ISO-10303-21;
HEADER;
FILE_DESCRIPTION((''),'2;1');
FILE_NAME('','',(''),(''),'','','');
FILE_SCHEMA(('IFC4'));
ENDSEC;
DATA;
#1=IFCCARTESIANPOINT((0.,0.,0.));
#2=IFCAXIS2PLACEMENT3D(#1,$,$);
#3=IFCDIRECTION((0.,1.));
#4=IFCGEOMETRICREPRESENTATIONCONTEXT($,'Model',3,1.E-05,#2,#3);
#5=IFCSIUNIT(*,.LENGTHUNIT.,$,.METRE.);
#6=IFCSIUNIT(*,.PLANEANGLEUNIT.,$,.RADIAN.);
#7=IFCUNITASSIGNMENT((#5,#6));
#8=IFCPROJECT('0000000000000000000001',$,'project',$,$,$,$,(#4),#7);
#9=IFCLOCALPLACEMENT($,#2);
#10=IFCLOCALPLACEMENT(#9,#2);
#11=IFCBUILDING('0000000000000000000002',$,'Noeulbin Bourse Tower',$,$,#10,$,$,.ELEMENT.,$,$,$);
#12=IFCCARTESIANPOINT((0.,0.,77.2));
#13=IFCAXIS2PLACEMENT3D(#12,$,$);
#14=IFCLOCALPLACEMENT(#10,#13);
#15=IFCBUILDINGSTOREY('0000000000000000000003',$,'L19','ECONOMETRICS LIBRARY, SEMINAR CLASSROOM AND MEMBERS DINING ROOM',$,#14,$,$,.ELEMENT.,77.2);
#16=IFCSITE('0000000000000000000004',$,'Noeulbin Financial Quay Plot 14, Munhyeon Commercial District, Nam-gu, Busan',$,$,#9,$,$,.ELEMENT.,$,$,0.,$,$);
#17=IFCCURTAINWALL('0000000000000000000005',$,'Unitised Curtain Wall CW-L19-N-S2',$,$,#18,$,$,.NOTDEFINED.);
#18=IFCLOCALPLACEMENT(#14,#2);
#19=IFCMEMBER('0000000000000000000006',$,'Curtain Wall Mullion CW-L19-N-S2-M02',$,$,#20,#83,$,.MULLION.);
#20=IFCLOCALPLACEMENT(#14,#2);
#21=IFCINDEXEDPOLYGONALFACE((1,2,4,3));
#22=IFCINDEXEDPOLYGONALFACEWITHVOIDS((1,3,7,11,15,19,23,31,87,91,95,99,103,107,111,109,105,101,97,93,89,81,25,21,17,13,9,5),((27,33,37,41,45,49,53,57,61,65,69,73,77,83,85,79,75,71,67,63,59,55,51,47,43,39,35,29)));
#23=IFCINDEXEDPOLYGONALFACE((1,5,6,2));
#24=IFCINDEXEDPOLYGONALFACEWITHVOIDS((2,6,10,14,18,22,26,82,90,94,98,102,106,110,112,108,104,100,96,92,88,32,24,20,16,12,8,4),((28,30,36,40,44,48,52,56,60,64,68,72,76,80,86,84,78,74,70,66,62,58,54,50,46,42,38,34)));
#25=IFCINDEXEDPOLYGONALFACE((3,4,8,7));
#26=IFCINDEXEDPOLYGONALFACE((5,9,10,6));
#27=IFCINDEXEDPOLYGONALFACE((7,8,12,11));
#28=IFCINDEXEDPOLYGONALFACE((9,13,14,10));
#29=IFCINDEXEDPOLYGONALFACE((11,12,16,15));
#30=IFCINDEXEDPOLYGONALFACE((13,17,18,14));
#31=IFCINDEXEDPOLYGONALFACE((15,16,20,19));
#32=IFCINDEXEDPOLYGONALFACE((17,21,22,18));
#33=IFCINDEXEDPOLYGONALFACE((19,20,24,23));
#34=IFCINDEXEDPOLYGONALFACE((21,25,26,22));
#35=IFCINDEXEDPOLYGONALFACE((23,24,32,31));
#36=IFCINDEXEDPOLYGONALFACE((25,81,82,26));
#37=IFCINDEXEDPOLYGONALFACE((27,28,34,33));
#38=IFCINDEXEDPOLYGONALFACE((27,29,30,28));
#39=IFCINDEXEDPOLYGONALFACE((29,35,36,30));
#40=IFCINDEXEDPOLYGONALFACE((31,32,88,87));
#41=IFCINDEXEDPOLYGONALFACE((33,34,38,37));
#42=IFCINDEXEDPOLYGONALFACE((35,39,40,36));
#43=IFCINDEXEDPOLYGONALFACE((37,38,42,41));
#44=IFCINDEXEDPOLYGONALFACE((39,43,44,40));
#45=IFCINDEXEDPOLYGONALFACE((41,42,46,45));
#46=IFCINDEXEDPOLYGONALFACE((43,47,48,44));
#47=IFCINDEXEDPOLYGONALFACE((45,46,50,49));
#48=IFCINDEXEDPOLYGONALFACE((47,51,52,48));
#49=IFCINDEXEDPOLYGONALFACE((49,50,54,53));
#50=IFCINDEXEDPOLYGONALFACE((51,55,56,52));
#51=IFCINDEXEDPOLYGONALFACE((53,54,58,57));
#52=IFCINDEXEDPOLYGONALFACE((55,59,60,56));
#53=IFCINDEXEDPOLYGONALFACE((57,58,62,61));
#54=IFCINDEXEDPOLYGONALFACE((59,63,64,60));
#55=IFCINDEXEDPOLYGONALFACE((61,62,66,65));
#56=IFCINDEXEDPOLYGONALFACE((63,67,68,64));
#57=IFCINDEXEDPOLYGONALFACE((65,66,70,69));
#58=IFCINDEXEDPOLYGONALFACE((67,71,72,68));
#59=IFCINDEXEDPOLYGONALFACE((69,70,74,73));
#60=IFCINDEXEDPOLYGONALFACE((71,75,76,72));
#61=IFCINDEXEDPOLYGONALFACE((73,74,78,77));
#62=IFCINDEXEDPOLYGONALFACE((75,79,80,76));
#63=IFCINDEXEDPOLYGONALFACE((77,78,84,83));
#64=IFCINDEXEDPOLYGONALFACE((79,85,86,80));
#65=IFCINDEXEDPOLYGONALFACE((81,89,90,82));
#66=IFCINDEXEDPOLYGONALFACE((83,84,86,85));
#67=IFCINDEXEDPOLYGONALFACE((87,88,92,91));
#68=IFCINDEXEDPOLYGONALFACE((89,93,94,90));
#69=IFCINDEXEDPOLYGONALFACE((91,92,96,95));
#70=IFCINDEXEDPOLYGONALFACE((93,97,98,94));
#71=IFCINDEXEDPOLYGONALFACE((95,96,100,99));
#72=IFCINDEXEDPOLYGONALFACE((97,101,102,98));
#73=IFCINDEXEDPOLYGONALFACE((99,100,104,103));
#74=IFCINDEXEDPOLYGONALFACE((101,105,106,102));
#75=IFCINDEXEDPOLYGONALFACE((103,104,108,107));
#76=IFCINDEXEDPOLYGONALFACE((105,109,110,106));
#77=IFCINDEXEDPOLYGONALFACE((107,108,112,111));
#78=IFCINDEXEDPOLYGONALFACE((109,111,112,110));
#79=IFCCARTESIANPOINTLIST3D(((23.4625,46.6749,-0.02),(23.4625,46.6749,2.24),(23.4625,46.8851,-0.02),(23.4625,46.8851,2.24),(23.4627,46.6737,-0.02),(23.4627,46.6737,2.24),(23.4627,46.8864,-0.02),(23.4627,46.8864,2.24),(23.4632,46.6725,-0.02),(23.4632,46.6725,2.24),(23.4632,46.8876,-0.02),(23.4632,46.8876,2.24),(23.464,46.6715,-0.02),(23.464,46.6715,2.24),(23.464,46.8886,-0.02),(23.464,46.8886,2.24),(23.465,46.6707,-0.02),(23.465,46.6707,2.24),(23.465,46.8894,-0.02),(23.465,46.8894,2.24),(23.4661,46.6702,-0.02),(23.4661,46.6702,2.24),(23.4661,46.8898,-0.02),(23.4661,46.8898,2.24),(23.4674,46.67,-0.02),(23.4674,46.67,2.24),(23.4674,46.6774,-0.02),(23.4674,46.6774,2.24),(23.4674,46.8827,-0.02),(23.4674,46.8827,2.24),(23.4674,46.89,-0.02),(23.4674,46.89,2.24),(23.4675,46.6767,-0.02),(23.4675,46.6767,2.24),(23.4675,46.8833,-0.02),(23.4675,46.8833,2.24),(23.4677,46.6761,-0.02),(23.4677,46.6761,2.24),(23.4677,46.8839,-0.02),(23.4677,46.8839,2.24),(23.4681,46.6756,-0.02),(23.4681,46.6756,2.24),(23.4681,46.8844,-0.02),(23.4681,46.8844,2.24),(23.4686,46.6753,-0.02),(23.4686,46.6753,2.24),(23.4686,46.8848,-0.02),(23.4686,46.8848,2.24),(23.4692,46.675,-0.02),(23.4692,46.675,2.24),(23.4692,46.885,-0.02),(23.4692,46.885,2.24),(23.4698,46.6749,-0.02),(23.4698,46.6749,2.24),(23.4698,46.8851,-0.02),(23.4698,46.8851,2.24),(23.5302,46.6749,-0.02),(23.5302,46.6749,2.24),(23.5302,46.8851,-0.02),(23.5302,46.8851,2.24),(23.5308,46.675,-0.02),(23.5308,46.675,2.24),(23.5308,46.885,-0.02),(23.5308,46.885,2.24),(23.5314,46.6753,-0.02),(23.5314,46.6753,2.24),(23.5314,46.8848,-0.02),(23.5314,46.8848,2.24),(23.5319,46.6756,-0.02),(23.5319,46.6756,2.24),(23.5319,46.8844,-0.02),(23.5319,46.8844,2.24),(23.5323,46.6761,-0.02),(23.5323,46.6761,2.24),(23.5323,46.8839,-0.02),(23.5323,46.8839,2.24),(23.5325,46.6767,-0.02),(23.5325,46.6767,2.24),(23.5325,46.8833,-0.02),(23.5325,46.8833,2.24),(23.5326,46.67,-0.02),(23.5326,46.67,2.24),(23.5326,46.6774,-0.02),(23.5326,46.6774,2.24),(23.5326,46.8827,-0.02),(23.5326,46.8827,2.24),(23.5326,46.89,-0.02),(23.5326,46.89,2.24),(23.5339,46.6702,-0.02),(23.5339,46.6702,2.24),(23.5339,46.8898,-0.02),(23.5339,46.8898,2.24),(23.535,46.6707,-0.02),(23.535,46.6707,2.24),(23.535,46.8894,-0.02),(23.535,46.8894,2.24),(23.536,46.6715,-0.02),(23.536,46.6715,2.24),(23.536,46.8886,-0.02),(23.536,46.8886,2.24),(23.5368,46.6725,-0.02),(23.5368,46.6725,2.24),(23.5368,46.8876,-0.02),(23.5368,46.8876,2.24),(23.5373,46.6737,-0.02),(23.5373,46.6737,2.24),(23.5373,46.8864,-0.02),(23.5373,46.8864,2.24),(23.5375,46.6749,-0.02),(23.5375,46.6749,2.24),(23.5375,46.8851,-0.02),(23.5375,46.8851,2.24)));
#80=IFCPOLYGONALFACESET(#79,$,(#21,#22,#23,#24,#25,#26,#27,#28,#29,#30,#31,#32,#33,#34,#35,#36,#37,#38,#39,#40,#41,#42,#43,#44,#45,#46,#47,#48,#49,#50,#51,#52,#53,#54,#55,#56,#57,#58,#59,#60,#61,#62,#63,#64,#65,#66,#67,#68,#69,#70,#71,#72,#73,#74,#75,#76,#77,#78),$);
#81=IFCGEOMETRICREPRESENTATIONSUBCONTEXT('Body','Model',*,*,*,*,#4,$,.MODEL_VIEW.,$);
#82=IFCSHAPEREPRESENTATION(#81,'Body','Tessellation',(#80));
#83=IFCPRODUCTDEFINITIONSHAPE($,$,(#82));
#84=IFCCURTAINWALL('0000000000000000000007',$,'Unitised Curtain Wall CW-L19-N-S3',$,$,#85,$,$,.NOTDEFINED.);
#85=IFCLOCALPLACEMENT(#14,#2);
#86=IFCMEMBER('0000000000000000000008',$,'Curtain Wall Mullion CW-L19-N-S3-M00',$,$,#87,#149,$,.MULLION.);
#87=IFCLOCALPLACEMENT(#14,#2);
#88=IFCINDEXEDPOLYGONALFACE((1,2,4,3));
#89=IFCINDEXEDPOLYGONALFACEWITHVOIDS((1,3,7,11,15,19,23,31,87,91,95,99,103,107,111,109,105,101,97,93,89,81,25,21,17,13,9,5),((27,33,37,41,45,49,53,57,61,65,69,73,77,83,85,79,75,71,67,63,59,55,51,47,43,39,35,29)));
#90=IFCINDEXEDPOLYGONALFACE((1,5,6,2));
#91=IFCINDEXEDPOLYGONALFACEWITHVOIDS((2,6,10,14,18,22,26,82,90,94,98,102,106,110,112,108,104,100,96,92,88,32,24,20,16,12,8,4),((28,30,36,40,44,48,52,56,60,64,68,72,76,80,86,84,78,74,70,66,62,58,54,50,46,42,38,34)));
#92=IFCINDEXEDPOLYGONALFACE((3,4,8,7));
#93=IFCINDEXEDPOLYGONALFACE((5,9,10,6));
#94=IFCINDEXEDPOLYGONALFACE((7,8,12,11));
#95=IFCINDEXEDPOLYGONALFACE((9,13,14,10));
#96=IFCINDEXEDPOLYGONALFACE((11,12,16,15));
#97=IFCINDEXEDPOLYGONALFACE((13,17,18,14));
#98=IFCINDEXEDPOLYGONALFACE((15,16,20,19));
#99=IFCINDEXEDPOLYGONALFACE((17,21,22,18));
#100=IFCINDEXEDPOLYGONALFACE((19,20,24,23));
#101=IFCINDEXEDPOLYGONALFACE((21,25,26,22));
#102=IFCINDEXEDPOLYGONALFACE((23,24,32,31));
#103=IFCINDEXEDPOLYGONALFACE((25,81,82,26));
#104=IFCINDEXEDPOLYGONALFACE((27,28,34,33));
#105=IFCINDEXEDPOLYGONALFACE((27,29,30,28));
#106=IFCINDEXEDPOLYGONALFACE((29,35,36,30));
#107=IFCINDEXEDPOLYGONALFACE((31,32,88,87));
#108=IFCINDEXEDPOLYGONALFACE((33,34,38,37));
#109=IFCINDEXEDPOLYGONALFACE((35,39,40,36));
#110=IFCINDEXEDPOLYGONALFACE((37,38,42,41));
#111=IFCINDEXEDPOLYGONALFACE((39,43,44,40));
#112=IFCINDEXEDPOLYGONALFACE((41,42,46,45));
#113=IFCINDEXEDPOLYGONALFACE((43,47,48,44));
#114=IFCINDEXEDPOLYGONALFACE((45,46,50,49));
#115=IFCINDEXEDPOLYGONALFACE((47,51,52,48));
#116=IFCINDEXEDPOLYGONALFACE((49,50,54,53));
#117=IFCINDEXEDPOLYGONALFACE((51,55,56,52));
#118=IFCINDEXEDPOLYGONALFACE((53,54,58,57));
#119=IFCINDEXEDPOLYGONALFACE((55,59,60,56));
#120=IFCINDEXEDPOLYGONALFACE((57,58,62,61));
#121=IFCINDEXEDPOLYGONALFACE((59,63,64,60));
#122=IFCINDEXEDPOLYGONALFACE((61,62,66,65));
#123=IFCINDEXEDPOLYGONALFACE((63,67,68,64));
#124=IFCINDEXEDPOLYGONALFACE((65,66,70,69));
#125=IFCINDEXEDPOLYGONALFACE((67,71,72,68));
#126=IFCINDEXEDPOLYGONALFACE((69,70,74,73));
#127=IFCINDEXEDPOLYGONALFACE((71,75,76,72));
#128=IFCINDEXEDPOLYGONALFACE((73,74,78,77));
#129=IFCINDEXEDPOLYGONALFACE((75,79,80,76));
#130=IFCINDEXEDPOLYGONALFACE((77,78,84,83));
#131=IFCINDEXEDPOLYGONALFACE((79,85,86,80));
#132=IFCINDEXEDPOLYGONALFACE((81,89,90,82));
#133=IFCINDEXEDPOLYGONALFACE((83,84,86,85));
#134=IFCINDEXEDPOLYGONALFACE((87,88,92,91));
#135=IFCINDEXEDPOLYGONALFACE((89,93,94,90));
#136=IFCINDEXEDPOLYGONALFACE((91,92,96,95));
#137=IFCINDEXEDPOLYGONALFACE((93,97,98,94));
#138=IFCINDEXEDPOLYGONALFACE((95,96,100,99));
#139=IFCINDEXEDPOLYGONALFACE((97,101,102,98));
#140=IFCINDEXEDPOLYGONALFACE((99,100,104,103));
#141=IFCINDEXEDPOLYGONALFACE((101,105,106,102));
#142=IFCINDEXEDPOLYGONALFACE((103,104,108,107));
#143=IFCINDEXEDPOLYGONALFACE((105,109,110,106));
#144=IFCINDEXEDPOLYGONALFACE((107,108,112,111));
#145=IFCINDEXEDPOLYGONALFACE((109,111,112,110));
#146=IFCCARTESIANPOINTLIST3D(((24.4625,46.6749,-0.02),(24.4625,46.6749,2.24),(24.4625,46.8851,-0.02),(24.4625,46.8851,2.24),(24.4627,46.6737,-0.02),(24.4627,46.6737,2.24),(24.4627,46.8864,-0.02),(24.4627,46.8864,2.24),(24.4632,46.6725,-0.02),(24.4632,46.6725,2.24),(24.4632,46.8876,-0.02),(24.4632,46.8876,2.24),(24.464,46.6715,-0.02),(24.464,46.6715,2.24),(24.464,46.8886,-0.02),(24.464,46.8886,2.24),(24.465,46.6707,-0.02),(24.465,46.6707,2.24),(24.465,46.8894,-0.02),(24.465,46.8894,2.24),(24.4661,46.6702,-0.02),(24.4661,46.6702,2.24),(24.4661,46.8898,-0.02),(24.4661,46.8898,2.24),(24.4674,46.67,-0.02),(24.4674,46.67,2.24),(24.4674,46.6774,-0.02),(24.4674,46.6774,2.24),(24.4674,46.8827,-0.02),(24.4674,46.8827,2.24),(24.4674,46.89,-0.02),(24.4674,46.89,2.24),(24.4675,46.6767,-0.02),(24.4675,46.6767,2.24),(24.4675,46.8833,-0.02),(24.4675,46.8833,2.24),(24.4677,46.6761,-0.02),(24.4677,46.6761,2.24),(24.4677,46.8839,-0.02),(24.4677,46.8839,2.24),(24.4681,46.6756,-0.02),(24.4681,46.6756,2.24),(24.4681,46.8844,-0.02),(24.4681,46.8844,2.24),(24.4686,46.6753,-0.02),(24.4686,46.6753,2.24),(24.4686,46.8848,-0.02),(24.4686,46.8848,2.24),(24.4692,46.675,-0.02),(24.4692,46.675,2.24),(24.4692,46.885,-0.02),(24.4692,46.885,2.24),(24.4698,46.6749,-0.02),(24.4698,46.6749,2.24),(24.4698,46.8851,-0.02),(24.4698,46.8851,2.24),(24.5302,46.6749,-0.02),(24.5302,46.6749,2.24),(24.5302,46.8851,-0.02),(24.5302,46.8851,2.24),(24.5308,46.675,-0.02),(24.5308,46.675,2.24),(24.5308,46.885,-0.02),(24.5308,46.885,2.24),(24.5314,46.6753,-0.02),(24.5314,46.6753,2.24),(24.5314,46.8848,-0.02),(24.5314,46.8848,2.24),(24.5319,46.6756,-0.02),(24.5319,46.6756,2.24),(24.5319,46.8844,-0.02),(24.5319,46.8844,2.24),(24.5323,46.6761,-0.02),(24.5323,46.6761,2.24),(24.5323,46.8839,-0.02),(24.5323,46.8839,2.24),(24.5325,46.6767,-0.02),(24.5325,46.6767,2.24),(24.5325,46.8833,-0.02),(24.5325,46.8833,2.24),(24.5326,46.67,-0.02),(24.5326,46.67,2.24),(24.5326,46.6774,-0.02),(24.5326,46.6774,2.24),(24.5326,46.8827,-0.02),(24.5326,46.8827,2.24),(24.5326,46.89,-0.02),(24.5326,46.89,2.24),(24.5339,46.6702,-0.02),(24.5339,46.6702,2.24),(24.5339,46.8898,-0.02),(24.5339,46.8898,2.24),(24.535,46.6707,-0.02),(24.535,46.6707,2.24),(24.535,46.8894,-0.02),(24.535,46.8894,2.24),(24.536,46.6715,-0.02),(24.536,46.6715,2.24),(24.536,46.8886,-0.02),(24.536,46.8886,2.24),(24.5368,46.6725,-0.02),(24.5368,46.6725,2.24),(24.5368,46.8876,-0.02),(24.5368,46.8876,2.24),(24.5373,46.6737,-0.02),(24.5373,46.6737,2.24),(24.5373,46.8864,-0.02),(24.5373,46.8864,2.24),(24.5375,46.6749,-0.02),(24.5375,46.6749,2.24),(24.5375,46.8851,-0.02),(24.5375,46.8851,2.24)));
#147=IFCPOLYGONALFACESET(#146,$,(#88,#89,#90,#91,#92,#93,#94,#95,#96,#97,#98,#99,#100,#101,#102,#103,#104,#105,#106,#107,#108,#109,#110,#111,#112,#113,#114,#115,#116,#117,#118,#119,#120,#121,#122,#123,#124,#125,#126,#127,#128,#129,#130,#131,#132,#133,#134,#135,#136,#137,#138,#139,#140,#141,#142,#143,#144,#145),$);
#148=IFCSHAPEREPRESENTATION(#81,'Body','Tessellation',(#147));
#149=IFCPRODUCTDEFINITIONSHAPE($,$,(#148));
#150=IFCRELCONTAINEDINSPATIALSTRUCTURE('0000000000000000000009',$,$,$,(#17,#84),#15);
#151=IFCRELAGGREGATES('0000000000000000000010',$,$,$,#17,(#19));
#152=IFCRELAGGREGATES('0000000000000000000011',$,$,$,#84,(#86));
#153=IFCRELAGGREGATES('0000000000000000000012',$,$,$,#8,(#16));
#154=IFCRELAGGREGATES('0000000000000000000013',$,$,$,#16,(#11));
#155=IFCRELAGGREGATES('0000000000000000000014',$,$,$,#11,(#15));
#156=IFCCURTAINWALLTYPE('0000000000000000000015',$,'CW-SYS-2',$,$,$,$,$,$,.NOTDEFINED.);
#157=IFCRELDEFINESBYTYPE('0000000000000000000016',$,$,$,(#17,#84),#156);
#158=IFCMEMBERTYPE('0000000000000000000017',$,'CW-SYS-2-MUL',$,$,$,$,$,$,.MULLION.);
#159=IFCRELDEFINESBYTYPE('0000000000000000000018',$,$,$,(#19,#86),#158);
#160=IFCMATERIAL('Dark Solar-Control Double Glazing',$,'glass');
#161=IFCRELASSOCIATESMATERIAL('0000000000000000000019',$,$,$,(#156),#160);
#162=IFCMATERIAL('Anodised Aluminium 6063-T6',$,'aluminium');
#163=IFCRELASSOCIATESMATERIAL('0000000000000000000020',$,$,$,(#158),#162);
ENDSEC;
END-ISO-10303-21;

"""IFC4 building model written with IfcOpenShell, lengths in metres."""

from ifc_helpers import new_model, si_unit, direction, frame, origin, origin_2d, place, context, subcontext, project, spatial, hollow_rectangle, extrude, material, material_profile, profile_set, type_object, element, aggregate, save


model = new_model("IFC4")

# Units and contexts
model_context = context("Model", 3, precision=1e-05, world=origin(), true_north=direction((0.0, 1.0)))
body_context = subcontext(model_context, "Body", "Model", "MODEL_VIEW")
ifc_project = project(units=[si_unit("LENGTHUNIT", "METRE"), si_unit("PLANEANGLEUNIT", "RADIAN")], contexts=[model_context])

# Site, building, storey
site_placement = place(None, origin())
site = spatial("IfcSite", under=ifc_project, at=site_placement, Name="Noeulbin Financial Quay Plot 14, Munhyeon Commercial District, Nam-gu, Busan", CompositionType="ELEMENT", RefElevation=0.0)
building_placement = place(site_placement, origin())
building = spatial("IfcBuilding", under=site, at=building_placement, Name="Noeulbin Bourse Tower", CompositionType="ELEMENT")
storey_placement = place(building_placement, frame((0.0, 0.0, 77.2)))
storey = spatial("IfcBuildingStorey", under=building, at=storey_placement, Name="L19", Description="ECONOMETRICS LIBRARY, SEMINAR CLASSROOM AND MEMBERS DINING ROOM", CompositionType="ELEMENT", Elevation=77.2)

# Curtain walls, members
ifc_material_1 = material(Name="Dark Solar-Control Double Glazing", Category="glass")
curtain_wall_type = type_object("IfcCurtainWallType", Name="CW-SYS-2", PredefinedType="NOTDEFINED", material=ifc_material_1)
curtain_wall_1_placement = place(storey_placement, origin())
curtain_wall_1 = element("IfcCurtainWall", 1, at=curtain_wall_1_placement, inside=storey, type_object=curtain_wall_type, Name="Unitised Curtain Wall CW-L19-N-S2", PredefinedType="NOTDEFINED")
ifc_material_2 = material(Name="Anodised Aluminium 6063-T6", Category="aluminium")
ifc_material_profile_1 = material_profile(ifc_material_2, hollow_rectangle(XDim=0.075, YDim=0.22, WallThickness=0.0049, InnerFilletRadius=0.0024, OuterFilletRadius=0.0049, at=origin_2d()), Name="ALU-MULL-75x220x5", Category="LoadBearing")
ifc_profile_set_1 = profile_set([ifc_material_profile_1], Name="Anodised Aluminium 6063-T6")
member_type_1 = type_object("IfcMemberType", Name="CW-SYS-2-MUL", PredefinedType="MULLION", material=ifc_profile_set_1)
member_1_placement = place(storey_placement, frame((23.5, 46.78, -0.02), z_axis=(0.0, 0.0, 1.0), x_axis=(1.0, 0.0, 0.0)))
member_1 = element("IfcMember", 2, at=member_1_placement, type_object=member_type_1, Name="Curtain Wall Mullion CW-L19-N-S2-M02", PredefinedType="MULLION", context=body_context, shape_type="SweptSolid", body=[
    extrude(hollow_rectangle(XDim=0.075, YDim=0.22, WallThickness=0.0049, InnerFilletRadius=0.0024, OuterFilletRadius=0.0049, at=origin_2d()), origin(), (0.0, 0.0, 1.0), 2.26),
])
curtain_wall_2_placement = place(storey_placement, origin())
curtain_wall_2 = element("IfcCurtainWall", 3, at=curtain_wall_2_placement, inside=storey, type_object=curtain_wall_type, Name="Unitised Curtain Wall CW-L19-N-S3", PredefinedType="NOTDEFINED")
member_2_placement = place(storey_placement, frame((24.5, 46.78, -0.02), z_axis=(0.0, 0.0, 1.0), x_axis=(1.0, 0.0, 0.0)))
member_2 = element("IfcMember", 4, at=member_2_placement, type_object=member_type_1, Name="Curtain Wall Mullion CW-L19-N-S3-M00", PredefinedType="MULLION", context=body_context, shape_type="SweptSolid", body=[
    extrude(hollow_rectangle(XDim=0.075, YDim=0.22, WallThickness=0.0049, InnerFilletRadius=0.0024, OuterFilletRadius=0.0049, at=origin_2d()), origin(), (0.0, 0.0, 1.0), 2.26),
])

aggregate(curtain_wall_1, [member_1])
aggregate(curtain_wall_2, [member_2])

save(model, "model.ifc")
